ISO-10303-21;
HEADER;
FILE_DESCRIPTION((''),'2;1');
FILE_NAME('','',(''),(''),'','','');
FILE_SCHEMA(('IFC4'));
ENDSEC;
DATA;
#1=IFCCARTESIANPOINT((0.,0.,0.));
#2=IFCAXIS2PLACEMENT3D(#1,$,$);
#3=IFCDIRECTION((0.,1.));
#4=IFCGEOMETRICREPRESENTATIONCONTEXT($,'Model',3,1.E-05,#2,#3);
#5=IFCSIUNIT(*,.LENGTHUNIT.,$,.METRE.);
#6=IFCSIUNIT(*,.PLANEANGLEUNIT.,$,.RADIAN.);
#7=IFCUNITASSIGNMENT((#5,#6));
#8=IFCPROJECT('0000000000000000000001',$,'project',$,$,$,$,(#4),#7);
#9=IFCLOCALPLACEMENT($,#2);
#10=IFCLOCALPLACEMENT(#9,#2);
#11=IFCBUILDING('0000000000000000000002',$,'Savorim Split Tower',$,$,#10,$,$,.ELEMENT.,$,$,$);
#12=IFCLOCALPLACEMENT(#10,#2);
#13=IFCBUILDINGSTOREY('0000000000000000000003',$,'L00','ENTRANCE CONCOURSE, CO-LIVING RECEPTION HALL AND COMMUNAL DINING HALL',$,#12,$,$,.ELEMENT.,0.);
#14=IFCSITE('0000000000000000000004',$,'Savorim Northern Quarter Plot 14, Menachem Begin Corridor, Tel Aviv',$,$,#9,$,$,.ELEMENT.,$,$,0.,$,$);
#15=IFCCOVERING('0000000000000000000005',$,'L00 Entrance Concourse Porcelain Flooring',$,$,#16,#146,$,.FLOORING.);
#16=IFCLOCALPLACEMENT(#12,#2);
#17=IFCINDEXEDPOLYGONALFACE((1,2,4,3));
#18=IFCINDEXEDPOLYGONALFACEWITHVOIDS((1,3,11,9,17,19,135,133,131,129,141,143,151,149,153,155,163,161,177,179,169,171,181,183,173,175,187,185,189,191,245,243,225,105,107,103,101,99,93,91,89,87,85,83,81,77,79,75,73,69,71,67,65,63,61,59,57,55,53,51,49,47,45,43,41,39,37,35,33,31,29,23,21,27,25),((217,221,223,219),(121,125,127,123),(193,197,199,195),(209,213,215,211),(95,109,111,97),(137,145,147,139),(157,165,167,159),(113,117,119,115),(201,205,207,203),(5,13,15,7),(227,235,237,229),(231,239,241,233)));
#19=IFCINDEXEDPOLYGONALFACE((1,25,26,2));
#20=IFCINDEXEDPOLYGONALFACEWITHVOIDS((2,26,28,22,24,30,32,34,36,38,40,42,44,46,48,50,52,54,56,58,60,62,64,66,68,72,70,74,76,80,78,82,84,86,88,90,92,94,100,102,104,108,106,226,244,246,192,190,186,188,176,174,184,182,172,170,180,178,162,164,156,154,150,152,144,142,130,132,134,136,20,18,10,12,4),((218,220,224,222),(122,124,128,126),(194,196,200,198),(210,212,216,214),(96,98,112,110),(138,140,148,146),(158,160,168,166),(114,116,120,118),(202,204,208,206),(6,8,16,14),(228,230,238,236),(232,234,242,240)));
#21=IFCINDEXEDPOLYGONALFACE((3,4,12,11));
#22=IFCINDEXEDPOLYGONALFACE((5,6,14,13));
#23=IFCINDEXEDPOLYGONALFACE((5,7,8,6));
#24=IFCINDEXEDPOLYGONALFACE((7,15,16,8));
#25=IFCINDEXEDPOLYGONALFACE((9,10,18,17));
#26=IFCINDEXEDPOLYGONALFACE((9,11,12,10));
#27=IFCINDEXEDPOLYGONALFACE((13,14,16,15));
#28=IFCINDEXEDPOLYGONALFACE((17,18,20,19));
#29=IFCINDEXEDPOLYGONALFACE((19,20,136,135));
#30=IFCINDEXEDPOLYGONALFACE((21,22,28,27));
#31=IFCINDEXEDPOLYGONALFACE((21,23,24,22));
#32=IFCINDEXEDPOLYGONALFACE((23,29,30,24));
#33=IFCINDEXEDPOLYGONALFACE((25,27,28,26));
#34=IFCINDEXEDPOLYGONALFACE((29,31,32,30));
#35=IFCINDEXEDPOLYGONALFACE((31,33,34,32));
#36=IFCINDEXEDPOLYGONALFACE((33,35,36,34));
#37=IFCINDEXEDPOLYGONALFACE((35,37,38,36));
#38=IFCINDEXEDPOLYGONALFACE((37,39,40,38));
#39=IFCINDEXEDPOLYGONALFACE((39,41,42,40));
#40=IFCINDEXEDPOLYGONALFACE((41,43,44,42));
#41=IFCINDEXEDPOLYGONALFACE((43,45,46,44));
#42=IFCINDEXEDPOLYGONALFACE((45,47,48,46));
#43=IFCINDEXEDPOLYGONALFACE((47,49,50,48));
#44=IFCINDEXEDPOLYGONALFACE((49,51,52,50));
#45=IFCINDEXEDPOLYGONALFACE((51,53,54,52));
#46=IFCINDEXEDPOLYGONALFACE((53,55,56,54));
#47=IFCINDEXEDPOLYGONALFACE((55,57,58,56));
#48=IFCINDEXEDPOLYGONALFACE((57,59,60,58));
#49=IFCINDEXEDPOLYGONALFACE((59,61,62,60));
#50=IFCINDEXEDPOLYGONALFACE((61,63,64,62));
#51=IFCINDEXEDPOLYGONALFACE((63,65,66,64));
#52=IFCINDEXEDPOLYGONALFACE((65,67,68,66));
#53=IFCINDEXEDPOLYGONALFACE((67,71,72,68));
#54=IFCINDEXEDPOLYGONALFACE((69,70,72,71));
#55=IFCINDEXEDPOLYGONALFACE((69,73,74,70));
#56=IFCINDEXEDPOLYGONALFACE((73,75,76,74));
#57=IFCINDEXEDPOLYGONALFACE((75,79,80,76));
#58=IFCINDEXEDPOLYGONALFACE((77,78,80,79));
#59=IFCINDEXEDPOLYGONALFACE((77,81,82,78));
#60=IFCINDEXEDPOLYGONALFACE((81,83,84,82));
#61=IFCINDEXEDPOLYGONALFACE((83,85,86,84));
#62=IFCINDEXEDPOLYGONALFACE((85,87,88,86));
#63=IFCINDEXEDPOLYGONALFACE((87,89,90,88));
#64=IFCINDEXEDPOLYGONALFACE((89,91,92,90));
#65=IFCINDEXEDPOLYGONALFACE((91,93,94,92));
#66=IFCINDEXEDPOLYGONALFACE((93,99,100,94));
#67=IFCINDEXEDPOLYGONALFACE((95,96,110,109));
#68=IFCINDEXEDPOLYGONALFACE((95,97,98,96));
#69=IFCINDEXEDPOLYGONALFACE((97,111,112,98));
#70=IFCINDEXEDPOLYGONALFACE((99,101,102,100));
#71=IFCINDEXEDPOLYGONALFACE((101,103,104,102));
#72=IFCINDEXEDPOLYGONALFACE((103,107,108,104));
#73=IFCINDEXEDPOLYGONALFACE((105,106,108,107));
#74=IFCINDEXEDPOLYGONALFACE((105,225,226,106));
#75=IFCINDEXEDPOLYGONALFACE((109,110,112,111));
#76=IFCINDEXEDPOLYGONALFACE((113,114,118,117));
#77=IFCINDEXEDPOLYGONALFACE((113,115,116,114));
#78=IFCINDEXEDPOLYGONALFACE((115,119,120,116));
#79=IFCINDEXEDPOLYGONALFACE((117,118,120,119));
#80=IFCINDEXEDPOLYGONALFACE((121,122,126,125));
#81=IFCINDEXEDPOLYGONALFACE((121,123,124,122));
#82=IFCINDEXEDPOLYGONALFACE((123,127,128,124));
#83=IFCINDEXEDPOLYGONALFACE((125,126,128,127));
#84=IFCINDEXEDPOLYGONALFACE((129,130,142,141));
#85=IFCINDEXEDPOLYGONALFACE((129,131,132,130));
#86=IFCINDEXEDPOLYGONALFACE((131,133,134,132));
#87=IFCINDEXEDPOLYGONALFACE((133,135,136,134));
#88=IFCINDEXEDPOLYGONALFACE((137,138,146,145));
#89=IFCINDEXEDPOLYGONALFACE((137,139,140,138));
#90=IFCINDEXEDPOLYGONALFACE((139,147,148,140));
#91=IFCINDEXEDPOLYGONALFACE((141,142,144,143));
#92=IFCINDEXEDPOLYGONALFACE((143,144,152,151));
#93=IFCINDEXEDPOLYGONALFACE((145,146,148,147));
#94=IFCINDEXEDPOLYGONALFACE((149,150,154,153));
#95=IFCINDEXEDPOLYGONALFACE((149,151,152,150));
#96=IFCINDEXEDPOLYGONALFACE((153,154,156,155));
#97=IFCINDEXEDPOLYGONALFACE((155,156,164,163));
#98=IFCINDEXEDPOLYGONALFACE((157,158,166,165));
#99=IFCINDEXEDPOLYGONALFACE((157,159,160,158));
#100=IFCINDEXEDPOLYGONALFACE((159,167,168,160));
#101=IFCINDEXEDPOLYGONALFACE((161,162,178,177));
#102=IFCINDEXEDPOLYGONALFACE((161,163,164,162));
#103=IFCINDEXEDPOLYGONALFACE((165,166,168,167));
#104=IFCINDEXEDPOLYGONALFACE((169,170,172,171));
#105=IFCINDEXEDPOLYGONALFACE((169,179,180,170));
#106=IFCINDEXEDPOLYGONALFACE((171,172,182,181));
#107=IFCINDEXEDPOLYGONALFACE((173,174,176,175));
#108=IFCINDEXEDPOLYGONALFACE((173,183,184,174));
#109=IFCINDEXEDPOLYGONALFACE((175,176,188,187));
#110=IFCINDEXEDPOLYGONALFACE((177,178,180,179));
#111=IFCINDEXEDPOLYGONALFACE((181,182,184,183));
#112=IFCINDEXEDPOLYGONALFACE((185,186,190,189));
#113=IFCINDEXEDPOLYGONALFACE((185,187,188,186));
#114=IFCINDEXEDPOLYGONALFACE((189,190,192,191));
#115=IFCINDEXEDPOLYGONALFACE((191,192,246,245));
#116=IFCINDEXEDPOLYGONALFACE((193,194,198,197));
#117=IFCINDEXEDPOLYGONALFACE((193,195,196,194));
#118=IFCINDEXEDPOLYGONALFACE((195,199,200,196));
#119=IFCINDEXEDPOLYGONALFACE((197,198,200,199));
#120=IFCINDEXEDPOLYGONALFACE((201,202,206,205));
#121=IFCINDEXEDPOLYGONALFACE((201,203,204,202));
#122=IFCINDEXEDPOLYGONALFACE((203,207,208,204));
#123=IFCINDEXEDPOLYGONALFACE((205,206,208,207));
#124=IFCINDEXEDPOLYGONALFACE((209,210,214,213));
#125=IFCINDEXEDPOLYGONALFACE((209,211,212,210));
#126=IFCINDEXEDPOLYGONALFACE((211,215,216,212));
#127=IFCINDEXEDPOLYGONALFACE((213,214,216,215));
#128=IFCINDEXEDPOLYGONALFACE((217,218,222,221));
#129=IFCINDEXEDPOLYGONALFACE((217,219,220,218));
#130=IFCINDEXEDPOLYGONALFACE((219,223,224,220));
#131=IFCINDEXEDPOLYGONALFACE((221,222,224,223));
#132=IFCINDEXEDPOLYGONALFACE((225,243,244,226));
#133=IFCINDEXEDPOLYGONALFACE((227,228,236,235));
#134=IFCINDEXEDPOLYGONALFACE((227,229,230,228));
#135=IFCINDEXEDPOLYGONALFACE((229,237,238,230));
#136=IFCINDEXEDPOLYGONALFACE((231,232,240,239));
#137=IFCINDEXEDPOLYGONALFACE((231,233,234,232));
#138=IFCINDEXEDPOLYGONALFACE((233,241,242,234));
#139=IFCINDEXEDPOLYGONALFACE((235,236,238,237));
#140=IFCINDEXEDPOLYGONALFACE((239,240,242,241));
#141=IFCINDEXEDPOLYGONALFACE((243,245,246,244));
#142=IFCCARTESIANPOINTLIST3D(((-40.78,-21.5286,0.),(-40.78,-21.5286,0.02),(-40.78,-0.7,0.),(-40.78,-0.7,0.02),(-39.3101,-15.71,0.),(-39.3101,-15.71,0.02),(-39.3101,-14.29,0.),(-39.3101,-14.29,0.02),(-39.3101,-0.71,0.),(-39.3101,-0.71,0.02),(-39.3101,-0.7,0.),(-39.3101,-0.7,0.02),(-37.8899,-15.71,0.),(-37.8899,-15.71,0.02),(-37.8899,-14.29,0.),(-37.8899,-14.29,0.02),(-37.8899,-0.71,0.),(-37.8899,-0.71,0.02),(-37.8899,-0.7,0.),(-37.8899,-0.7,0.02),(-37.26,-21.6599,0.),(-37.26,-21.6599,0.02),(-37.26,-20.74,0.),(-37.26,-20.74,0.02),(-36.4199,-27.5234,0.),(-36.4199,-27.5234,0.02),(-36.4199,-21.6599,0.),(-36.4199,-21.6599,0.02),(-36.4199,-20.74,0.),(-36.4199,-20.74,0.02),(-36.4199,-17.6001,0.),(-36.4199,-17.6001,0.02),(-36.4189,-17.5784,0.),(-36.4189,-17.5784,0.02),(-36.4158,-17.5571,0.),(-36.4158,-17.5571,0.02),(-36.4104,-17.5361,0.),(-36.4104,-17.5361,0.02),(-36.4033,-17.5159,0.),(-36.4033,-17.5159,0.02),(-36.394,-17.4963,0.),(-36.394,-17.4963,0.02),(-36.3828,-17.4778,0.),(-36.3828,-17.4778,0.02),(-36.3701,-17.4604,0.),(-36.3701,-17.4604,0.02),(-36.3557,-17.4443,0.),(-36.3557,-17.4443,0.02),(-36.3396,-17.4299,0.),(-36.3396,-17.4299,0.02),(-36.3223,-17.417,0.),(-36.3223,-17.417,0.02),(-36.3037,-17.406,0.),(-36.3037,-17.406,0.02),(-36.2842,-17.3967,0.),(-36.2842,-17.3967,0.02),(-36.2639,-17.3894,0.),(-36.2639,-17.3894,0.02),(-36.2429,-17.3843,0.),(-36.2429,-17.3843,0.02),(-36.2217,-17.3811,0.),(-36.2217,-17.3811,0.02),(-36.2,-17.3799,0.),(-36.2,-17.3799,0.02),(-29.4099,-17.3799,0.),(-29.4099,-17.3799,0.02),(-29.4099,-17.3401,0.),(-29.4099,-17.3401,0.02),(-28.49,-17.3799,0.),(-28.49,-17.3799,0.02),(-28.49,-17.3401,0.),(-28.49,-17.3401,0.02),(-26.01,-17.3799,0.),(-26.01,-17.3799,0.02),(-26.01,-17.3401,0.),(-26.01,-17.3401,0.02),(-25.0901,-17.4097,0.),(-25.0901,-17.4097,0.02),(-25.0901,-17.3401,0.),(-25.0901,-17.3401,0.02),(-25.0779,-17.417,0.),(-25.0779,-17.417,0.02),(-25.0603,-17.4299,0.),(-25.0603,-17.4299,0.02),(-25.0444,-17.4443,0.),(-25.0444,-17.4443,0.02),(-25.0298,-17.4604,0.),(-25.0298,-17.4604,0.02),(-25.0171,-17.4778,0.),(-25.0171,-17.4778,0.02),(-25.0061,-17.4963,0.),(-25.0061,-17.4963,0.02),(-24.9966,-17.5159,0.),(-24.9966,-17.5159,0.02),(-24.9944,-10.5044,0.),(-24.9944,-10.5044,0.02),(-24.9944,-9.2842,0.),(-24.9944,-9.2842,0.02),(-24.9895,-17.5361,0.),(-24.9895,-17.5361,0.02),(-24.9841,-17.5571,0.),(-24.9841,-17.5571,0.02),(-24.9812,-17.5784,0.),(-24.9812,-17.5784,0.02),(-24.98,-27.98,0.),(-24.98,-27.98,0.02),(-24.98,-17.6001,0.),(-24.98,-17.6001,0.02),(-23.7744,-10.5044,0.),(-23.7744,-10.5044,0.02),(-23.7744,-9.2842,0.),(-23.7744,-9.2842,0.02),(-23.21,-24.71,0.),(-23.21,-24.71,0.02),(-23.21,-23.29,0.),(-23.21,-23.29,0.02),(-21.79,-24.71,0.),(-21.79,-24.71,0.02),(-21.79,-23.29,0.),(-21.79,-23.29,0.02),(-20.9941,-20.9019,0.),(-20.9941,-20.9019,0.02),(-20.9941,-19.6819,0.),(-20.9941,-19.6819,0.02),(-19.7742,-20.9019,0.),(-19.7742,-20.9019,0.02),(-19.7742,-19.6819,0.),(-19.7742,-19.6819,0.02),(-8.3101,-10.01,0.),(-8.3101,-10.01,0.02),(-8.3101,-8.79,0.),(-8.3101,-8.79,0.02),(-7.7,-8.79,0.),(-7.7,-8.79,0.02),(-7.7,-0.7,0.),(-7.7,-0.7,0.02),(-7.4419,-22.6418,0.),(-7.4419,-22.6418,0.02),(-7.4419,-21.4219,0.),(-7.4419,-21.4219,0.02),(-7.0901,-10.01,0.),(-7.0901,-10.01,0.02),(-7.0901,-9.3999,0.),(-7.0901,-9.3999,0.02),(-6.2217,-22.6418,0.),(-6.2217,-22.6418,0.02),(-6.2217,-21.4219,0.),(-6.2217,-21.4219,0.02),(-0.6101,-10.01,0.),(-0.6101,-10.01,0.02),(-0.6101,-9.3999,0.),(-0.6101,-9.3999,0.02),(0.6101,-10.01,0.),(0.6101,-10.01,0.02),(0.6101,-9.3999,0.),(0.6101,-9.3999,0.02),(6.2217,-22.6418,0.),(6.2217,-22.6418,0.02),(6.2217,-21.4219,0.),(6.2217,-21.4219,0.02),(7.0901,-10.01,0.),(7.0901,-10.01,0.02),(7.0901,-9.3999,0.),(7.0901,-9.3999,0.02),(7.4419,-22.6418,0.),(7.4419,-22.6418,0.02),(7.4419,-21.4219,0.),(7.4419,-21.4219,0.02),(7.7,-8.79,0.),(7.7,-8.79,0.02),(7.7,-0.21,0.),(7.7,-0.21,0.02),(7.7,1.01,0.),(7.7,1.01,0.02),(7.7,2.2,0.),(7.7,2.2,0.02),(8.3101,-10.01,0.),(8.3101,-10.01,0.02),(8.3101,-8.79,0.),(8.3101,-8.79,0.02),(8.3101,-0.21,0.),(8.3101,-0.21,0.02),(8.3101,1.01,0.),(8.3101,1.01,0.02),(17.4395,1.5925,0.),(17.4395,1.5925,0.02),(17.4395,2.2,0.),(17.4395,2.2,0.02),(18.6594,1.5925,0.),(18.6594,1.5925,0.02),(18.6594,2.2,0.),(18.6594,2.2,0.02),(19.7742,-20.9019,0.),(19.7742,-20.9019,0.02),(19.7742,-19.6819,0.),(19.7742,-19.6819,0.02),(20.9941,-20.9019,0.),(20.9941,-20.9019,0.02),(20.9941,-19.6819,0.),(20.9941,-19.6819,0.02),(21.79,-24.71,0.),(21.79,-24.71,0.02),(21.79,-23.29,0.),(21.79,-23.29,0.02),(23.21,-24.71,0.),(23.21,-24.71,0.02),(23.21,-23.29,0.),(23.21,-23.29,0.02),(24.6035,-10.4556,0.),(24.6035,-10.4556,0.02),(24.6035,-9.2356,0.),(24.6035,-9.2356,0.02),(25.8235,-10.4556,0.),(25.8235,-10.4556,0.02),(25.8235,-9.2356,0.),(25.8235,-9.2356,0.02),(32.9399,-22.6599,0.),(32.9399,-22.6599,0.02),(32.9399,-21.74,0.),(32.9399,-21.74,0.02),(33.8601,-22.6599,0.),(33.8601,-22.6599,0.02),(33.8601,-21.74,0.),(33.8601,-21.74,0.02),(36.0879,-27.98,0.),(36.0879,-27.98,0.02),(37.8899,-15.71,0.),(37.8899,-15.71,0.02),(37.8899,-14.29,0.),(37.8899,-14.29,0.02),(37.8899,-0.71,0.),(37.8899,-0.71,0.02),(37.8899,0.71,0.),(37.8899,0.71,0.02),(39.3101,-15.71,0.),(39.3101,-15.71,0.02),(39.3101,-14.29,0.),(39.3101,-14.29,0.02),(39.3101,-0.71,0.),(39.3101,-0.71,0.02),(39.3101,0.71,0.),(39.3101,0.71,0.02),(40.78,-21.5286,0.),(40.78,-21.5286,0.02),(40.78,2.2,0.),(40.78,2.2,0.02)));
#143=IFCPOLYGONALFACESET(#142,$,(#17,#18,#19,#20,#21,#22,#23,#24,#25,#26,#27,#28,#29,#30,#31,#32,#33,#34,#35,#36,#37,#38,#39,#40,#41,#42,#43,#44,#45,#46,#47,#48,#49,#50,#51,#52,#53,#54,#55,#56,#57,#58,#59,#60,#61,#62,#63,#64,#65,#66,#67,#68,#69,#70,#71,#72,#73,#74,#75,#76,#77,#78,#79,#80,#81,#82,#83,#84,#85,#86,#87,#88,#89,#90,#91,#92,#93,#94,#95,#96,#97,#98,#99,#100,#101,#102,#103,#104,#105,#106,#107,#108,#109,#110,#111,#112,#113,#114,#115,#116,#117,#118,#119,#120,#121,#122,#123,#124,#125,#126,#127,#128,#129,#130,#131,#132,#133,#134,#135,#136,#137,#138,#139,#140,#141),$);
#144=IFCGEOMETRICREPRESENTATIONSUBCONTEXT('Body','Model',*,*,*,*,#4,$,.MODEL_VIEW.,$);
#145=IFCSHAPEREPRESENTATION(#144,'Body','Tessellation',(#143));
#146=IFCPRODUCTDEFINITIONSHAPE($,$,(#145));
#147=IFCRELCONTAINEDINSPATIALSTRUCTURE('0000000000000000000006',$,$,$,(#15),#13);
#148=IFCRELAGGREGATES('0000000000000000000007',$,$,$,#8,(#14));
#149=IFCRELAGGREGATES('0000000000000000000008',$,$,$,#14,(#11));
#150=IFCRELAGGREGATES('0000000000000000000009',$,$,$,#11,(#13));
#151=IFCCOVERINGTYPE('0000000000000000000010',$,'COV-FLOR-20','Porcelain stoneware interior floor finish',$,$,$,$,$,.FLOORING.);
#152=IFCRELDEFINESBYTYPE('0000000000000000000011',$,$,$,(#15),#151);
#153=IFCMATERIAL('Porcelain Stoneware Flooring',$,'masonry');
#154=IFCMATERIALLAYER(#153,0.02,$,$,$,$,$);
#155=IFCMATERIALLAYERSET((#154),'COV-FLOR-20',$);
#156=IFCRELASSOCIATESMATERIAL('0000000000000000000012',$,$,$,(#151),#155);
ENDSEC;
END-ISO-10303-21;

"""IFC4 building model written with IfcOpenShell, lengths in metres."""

from ifc_helpers import new_model, si_unit, direction, origin, place, context, subcontext, project, spatial, polyline, outline, extrude, material, layer, layer_set, type_object, element, save


model = new_model("IFC4")

# Units and contexts
model_context = context("Model", 3, precision=1e-05, world=origin(), true_north=direction((0.0, 1.0)))
body_context = subcontext(model_context, "Body", "Model", "MODEL_VIEW")
ifc_project = project(units=[si_unit("LENGTHUNIT", "METRE"), si_unit("PLANEANGLEUNIT", "RADIAN")], contexts=[model_context])

# Site, building, storey
site_placement = place(None, origin())
site = spatial("IfcSite", under=ifc_project, at=site_placement, Name="Savorim Northern Quarter Plot 14, Menachem Begin Corridor, Tel Aviv", CompositionType="ELEMENT", RefElevation=0.0)
building_placement = place(site_placement, origin())
building = spatial("IfcBuilding", under=site, at=building_placement, Name="Savorim Split Tower", CompositionType="ELEMENT")
storey_placement = place(building_placement, origin())
storey = spatial("IfcBuildingStorey", under=building, at=storey_placement, Name="L00", Description="ENTRANCE CONCOURSE, CO-LIVING RECEPTION HALL AND COMMUNAL DINING HALL", CompositionType="ELEMENT", Elevation=0.0)

# Covering
ifc_material_1 = material(Name="Porcelain Stoneware Flooring", Category="masonry")
ifc_layer_1 = layer(ifc_material_1, 0.02)
ifc_layer_set_1 = layer_set([ifc_layer_1], Name="COV-FLOR-20")
covering_type_1 = type_object("IfcCoveringType", Name="COV-FLOR-20", Description="Porcelain stoneware interior floor finish", PredefinedType="FLOORING", material=ifc_layer_set_1)
covering_1_placement = place(storey_placement, origin())
element("IfcCovering", 1, at=covering_1_placement, inside=storey, type_object=covering_type_1, Name="L00 Entrance Concourse Porcelain Flooring", PredefinedType="FLOORING", context=body_context, shape_type="SweptSolid", body=[
    extrude(outline(polyline([(-24.98, -27.98), (36.0879, -27.98), (40.78, -21.5286), (40.78, 2.2), (18.6594, 2.2), (18.6594, 1.5925), (17.4395, 1.5925), (17.4395, 2.2), (7.7, 2.2), (7.7, 1.01), (8.3101, 1.01), (8.3101, -0.21), (7.7, -0.21), (7.7, -8.79), (8.3101, -8.79), (8.3101, -10.01), (7.0901, -10.01), (7.0901, -9.3999), (0.6101, -9.3999), (0.6101, -10.01), (-0.6101, -10.01), (-0.6101, -9.3999), (-7.0901, -9.3999), (-7.0901, -10.01), (-8.3101, -10.01), (-8.3101, -8.79), (-7.7, -8.79), (-7.7, -0.7), (-37.8899, -0.7), (-37.8899, -0.71), (-39.3101, -0.71), (-39.3101, -0.7), (-40.78, -0.7), (-40.78, -21.5286), (-36.4199, -27.5234), (-36.4199, -21.6599), (-37.26, -21.6599), (-37.26, -20.74), (-36.4199, -20.74), (-36.4199, -17.6001), (-36.4189, -17.5784), (-36.4158, -17.5571), (-36.4104, -17.5361), (-36.4033, -17.5159), (-36.394, -17.4963), (-36.3828, -17.4778), (-36.3701, -17.4604), (-36.3557, -17.4443), (-36.3396, -17.4299), (-36.3223, -17.417), (-36.3037, -17.406), (-36.2842, -17.3967), (-36.2639, -17.3894), (-36.2429, -17.3843), (-36.2217, -17.3811), (-36.2, -17.3799), (-29.4099, -17.3799), (-29.4099, -17.3401), (-28.49, -17.3401), (-28.49, -17.3799), (-26.01, -17.3799), (-26.01, -17.3401), (-25.0901, -17.3401), (-25.0901, -17.4097), (-25.0779, -17.417), (-25.0603, -17.4299), (-25.0444, -17.4443), (-25.0298, -17.4604), (-25.0171, -17.4778), (-25.0061, -17.4963), (-24.9966, -17.5159), (-24.9895, -17.5361), (-24.9841, -17.5571), (-24.9812, -17.5784), (-24.98, -17.6001), (-24.98, -27.98)]), holes=[polyline([(37.8899, -14.29), (37.8899, -15.71), (39.3101, -15.71), (39.3101, -14.29), (37.8899, -14.29)]), polyline([(37.8899, 0.71), (37.8899, -0.71), (39.3101, -0.71), (39.3101, 0.71), (37.8899, 0.71)]), polyline([(-39.3101, -14.29), (-39.3101, -15.71), (-37.8899, -15.71), (-37.8899, -14.29), (-39.3101, -14.29)]), polyline([(-23.21, -24.71), (-21.79, -24.71), (-21.79, -23.29), (-23.21, -23.29), (-23.21, -24.71)]), polyline([(21.79, -24.71), (23.21, -24.71), (23.21, -23.29), (21.79, -23.29), (21.79, -24.71)]), polyline([(-19.7742, -20.9019), (-19.7742, -19.6819), (-20.9941, -19.6819), (-20.9941, -20.9019), (-19.7742, -20.9019)]), polyline([(-6.2217, -21.4219), (-7.4419, -21.4219), (-7.4419, -22.6418), (-6.2217, -22.6418), (-6.2217, -21.4219)]), polyline([(6.2217, -21.4219), (6.2217, -22.6418), (7.4419, -22.6418), (7.4419, -21.4219), (6.2217, -21.4219)]), polyline([(19.7742, -20.9019), (20.9941, -20.9019), (20.9941, -19.6819), (19.7742, -19.6819), (19.7742, -20.9019)]), polyline([(25.8235, -10.4556), (25.8235, -9.2356), (24.6035, -9.2356), (24.6035, -10.4556), (25.8235, -10.4556)]), polyline([(-23.7744, -9.2842), (-24.9944, -9.2842), (-24.9944, -10.5044), (-23.7744, -10.5044), (-23.7744, -9.2842)]), polyline([(32.9399, -21.74), (32.9399, -22.6599), (33.8601, -22.6599), (33.8601, -21.74), (32.9399, -21.74)])]), origin(), (0.0, 0.0, 1.0), 0.02),
])

save(model, "model.ifc")
